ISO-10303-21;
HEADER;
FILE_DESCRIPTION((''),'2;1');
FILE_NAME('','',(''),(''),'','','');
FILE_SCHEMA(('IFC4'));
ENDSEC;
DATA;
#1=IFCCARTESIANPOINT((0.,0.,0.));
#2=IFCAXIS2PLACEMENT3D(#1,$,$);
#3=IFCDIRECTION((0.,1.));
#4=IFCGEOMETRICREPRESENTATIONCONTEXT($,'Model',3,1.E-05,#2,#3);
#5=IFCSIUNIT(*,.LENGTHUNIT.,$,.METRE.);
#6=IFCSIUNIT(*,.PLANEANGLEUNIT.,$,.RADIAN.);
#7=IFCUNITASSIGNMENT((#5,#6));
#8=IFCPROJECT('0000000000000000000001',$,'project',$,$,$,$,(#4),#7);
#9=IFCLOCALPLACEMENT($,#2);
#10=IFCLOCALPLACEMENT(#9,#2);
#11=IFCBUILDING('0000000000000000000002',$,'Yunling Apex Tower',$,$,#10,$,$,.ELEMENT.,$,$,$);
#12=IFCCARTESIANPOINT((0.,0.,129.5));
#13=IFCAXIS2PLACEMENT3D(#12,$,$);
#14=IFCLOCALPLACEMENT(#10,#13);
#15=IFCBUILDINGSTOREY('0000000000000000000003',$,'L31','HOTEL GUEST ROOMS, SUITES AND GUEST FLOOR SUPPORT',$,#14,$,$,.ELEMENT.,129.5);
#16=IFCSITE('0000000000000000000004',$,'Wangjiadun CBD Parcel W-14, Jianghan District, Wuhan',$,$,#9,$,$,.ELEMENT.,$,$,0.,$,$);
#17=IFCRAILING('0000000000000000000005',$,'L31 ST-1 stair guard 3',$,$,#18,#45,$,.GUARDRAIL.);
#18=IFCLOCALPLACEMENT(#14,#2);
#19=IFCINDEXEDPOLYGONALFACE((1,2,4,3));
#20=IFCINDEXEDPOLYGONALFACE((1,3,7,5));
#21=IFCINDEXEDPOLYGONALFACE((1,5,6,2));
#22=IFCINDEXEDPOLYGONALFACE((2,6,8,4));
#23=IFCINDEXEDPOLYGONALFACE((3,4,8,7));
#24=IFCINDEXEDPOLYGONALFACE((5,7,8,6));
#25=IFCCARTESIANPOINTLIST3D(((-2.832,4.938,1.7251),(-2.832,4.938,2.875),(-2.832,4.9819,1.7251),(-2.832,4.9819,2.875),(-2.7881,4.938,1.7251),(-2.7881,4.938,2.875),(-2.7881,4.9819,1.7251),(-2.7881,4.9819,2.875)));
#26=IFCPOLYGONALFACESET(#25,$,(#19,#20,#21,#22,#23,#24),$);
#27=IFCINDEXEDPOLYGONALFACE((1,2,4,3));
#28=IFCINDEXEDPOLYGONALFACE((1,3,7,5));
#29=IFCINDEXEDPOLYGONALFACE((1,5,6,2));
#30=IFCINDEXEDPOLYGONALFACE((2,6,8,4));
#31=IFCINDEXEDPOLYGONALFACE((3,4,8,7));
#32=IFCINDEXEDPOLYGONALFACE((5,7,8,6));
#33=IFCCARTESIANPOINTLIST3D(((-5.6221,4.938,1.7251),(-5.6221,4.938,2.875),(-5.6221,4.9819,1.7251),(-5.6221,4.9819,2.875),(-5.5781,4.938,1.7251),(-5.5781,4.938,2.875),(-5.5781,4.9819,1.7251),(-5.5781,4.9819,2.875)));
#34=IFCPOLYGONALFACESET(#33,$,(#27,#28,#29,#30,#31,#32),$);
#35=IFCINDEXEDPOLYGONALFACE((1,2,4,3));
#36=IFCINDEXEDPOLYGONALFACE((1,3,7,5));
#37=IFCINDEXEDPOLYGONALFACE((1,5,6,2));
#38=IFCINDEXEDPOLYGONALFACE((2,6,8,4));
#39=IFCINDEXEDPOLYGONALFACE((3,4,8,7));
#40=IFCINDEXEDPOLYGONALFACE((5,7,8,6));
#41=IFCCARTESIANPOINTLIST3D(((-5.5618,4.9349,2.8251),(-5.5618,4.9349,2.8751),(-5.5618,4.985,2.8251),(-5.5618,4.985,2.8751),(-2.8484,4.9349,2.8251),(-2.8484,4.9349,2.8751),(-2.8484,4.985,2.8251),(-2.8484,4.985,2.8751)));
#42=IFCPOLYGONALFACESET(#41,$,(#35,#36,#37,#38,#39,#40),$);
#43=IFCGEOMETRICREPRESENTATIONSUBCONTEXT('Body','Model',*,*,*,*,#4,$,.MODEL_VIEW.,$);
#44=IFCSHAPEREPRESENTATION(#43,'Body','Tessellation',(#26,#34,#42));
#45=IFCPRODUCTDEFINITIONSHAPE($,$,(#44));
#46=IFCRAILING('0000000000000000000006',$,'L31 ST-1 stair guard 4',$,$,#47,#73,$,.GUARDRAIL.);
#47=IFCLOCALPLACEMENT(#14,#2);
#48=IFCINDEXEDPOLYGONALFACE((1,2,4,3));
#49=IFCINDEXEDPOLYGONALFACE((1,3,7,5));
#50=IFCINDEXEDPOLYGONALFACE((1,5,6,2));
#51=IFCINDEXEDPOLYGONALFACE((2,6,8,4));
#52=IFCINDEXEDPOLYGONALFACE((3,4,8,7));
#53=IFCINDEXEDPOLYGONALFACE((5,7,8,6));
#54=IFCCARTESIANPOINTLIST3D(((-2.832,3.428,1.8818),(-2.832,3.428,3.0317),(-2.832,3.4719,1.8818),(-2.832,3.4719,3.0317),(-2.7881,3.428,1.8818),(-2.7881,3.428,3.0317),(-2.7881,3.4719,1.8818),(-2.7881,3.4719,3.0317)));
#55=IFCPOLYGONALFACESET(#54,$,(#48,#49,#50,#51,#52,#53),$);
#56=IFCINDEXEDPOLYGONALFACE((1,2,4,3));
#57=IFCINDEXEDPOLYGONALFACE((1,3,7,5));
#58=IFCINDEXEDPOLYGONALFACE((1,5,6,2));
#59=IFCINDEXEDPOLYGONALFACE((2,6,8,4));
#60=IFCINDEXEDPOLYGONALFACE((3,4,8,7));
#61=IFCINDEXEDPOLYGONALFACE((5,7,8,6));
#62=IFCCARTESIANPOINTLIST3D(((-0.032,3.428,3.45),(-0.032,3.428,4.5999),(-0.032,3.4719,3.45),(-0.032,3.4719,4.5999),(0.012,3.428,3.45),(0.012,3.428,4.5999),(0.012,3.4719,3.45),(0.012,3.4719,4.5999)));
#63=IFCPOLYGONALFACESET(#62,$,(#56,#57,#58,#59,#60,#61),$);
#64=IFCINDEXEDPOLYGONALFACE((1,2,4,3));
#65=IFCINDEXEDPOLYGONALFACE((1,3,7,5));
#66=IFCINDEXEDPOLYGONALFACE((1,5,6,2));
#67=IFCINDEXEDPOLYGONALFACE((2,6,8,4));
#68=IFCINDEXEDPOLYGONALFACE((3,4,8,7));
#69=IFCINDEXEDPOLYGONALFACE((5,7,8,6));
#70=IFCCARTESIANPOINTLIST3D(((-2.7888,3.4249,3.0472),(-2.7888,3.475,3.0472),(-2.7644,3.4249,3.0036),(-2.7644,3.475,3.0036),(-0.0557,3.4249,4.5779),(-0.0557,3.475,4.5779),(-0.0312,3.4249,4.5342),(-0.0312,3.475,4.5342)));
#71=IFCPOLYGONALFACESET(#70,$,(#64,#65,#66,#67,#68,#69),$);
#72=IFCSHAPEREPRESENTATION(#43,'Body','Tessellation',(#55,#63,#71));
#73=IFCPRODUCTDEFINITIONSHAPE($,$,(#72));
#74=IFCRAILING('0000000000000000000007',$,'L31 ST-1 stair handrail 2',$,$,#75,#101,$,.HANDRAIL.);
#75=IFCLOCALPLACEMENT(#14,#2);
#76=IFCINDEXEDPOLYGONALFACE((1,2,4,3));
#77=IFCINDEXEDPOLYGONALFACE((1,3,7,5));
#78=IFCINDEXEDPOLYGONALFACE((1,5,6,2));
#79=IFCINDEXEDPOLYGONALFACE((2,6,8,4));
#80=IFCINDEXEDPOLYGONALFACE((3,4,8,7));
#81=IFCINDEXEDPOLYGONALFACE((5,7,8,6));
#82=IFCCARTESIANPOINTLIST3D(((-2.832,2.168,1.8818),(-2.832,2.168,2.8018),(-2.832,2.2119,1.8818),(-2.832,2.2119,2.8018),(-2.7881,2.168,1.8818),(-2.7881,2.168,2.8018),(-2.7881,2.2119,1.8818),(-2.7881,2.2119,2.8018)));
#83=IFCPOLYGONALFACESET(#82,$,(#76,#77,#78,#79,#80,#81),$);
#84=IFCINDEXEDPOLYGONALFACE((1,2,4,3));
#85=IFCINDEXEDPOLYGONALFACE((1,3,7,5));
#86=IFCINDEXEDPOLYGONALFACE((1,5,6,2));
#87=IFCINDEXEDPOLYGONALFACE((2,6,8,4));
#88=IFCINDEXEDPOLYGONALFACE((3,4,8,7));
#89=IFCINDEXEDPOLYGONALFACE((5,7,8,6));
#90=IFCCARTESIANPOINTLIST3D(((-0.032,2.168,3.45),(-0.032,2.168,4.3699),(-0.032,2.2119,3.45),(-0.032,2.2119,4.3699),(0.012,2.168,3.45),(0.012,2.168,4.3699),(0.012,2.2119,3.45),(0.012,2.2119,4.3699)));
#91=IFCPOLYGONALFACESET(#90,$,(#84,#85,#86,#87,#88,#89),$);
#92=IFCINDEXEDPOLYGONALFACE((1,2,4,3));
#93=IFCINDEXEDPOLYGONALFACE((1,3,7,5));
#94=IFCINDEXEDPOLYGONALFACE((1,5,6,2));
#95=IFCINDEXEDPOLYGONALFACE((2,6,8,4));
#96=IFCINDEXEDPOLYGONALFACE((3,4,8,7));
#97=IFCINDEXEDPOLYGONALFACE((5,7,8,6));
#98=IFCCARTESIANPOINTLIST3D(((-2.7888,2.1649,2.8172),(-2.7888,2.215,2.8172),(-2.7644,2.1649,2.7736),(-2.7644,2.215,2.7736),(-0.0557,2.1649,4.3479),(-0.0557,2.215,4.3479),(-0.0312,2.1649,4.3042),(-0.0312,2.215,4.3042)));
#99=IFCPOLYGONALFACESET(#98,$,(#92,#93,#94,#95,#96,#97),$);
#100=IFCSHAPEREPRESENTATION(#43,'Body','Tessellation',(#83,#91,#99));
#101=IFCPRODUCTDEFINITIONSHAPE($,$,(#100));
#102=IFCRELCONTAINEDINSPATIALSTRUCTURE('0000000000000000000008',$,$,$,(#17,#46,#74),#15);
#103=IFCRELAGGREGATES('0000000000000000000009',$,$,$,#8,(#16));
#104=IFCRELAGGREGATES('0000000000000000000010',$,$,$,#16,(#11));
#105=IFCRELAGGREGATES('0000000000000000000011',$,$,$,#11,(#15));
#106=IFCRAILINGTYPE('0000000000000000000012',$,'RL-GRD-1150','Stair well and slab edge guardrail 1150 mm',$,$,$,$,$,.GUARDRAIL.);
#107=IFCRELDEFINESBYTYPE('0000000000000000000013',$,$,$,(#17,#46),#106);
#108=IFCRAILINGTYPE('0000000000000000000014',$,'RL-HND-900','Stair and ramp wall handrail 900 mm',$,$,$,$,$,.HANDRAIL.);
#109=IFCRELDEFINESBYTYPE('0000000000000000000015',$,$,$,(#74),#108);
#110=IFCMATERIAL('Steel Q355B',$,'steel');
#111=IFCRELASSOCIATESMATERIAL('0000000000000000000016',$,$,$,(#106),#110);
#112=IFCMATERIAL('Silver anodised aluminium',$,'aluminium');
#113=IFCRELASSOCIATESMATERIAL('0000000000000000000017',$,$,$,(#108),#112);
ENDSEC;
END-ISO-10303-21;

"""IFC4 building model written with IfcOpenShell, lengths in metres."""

from ifc_helpers import new_model, si_unit, direction, frame, origin, origin_2d, place, context, subcontext, project, spatial, rectangle, extrude, material, type_object, element, save


model = new_model("IFC4")

# Units and contexts
model_context = context("Model", 3, precision=1e-05, world=origin(), true_north=direction((0.0, 1.0)))
body_context = subcontext(model_context, "Body", "Model", "MODEL_VIEW")
ifc_project = project(units=[si_unit("LENGTHUNIT", "METRE"), si_unit("PLANEANGLEUNIT", "RADIAN")], contexts=[model_context])

# Site, building, storey
site_placement = place(None, origin())
site = spatial("IfcSite", under=ifc_project, at=site_placement, Name="Wangjiadun CBD Parcel W-14, Jianghan District, Wuhan", CompositionType="ELEMENT", RefElevation=0.0)
building_placement = place(site_placement, origin())
building = spatial("IfcBuilding", under=site, at=building_placement, Name="Yunling Apex Tower", CompositionType="ELEMENT")
storey_placement = place(building_placement, frame((0.0, 0.0, 129.5)))
storey = spatial("IfcBuildingStorey", under=building, at=storey_placement, Name="L31", Description="HOTEL GUEST ROOMS, SUITES AND GUEST FLOOR SUPPORT", CompositionType="ELEMENT", Elevation=129.5)

# Shared definitions
ifc_material_1 = material(Name="Steel Q355B", Category="steel")

# Shared definitions
ifc_material_2 = material(Name="Silver anodised aluminium", Category="aluminium")

# Railings
railing_type_1 = type_object("IfcRailingType", Name="RL-GRD-1150", Description="Stair well and slab edge guardrail 1150 mm", PredefinedType="GUARDRAIL", material=ifc_material_1)
railing_1_placement = place(storey_placement, frame((-2.8101, 4.96, 1.7251)))
element("IfcRailing", 1, at=railing_1_placement, inside=storey, type_object=railing_type_1, Name="L31 ST-1 stair guard 3", PredefinedType="GUARDRAIL", context=body_context, shape_type="SweptSolid", body=[
    extrude(rectangle(XDim=0.0439, YDim=0.0439, at=origin_2d()), origin(), (0.0, 0.0, 1.0), 1.1499),
    extrude(rectangle(XDim=0.0439, YDim=0.0439, at=origin_2d()), frame((-2.79, 0.0, 0.0)), (0.0, 0.0, 1.0), 1.1499),
    extrude(rectangle(XDim=0.05, YDim=0.05, at=origin_2d()), frame((-0.0383, 0.0, 1.125), z_axis=(-1.0, 0.0, 0.0), x_axis=(0.0, -1.0, 0.0)), (0.0, 0.0, 1.0), 2.7134),
])
railing_2_placement = place(storey_placement, frame((-2.8101, 3.45, 1.8818)))
element("IfcRailing", 2, at=railing_2_placement, inside=storey, type_object=railing_type_1, Name="L31 ST-1 stair guard 4", PredefinedType="GUARDRAIL", context=body_context, shape_type="SweptSolid", body=[
    extrude(rectangle(XDim=0.0439, YDim=0.0439, at=origin_2d()), origin(), (0.0, 0.0, 1.0), 1.1499),
    extrude(rectangle(XDim=0.0439, YDim=0.0439, at=origin_2d()), frame((2.8, 0.0, 1.5681)), (0.0, 0.0, 1.0), 1.1499),
    extrude(rectangle(XDim=0.05, YDim=0.05, at=origin_2d()), frame((0.0334, 0.0, 1.1436), z_axis=(0.872494, 0.0, 0.488624), x_axis=(0.0, 1.0, 0.0)), (0.0, 0.0, 1.0), 3.1326),
])
railing_type_2 = type_object("IfcRailingType", Name="RL-HND-900", Description="Stair and ramp wall handrail 900 mm", PredefinedType="HANDRAIL", material=ifc_material_2)
railing_3_placement = place(storey_placement, frame((-2.8101, 2.1899, 1.8818)))
element("IfcRailing", 3, at=railing_3_placement, inside=storey, type_object=railing_type_2, Name="L31 ST-1 stair handrail 2", PredefinedType="HANDRAIL", context=body_context, shape_type="SweptSolid", body=[
    extrude(rectangle(XDim=0.0439, YDim=0.0439, at=origin_2d()), origin(), (0.0, 0.0, 1.0), 0.9199),
    extrude(rectangle(XDim=0.0439, YDim=0.0439, at=origin_2d()), frame((2.8, 0.0, 1.5681)), (0.0, 0.0, 1.0), 0.9199),
    extrude(rectangle(XDim=0.05, YDim=0.05, at=origin_2d()), frame((0.0334, 0.0, 0.9136), z_axis=(0.872494, 0.0, 0.488624), x_axis=(0.0, 1.0, 0.0)), (0.0, 0.0, 1.0), 3.1326),
])

save(model, "model.ifc")
